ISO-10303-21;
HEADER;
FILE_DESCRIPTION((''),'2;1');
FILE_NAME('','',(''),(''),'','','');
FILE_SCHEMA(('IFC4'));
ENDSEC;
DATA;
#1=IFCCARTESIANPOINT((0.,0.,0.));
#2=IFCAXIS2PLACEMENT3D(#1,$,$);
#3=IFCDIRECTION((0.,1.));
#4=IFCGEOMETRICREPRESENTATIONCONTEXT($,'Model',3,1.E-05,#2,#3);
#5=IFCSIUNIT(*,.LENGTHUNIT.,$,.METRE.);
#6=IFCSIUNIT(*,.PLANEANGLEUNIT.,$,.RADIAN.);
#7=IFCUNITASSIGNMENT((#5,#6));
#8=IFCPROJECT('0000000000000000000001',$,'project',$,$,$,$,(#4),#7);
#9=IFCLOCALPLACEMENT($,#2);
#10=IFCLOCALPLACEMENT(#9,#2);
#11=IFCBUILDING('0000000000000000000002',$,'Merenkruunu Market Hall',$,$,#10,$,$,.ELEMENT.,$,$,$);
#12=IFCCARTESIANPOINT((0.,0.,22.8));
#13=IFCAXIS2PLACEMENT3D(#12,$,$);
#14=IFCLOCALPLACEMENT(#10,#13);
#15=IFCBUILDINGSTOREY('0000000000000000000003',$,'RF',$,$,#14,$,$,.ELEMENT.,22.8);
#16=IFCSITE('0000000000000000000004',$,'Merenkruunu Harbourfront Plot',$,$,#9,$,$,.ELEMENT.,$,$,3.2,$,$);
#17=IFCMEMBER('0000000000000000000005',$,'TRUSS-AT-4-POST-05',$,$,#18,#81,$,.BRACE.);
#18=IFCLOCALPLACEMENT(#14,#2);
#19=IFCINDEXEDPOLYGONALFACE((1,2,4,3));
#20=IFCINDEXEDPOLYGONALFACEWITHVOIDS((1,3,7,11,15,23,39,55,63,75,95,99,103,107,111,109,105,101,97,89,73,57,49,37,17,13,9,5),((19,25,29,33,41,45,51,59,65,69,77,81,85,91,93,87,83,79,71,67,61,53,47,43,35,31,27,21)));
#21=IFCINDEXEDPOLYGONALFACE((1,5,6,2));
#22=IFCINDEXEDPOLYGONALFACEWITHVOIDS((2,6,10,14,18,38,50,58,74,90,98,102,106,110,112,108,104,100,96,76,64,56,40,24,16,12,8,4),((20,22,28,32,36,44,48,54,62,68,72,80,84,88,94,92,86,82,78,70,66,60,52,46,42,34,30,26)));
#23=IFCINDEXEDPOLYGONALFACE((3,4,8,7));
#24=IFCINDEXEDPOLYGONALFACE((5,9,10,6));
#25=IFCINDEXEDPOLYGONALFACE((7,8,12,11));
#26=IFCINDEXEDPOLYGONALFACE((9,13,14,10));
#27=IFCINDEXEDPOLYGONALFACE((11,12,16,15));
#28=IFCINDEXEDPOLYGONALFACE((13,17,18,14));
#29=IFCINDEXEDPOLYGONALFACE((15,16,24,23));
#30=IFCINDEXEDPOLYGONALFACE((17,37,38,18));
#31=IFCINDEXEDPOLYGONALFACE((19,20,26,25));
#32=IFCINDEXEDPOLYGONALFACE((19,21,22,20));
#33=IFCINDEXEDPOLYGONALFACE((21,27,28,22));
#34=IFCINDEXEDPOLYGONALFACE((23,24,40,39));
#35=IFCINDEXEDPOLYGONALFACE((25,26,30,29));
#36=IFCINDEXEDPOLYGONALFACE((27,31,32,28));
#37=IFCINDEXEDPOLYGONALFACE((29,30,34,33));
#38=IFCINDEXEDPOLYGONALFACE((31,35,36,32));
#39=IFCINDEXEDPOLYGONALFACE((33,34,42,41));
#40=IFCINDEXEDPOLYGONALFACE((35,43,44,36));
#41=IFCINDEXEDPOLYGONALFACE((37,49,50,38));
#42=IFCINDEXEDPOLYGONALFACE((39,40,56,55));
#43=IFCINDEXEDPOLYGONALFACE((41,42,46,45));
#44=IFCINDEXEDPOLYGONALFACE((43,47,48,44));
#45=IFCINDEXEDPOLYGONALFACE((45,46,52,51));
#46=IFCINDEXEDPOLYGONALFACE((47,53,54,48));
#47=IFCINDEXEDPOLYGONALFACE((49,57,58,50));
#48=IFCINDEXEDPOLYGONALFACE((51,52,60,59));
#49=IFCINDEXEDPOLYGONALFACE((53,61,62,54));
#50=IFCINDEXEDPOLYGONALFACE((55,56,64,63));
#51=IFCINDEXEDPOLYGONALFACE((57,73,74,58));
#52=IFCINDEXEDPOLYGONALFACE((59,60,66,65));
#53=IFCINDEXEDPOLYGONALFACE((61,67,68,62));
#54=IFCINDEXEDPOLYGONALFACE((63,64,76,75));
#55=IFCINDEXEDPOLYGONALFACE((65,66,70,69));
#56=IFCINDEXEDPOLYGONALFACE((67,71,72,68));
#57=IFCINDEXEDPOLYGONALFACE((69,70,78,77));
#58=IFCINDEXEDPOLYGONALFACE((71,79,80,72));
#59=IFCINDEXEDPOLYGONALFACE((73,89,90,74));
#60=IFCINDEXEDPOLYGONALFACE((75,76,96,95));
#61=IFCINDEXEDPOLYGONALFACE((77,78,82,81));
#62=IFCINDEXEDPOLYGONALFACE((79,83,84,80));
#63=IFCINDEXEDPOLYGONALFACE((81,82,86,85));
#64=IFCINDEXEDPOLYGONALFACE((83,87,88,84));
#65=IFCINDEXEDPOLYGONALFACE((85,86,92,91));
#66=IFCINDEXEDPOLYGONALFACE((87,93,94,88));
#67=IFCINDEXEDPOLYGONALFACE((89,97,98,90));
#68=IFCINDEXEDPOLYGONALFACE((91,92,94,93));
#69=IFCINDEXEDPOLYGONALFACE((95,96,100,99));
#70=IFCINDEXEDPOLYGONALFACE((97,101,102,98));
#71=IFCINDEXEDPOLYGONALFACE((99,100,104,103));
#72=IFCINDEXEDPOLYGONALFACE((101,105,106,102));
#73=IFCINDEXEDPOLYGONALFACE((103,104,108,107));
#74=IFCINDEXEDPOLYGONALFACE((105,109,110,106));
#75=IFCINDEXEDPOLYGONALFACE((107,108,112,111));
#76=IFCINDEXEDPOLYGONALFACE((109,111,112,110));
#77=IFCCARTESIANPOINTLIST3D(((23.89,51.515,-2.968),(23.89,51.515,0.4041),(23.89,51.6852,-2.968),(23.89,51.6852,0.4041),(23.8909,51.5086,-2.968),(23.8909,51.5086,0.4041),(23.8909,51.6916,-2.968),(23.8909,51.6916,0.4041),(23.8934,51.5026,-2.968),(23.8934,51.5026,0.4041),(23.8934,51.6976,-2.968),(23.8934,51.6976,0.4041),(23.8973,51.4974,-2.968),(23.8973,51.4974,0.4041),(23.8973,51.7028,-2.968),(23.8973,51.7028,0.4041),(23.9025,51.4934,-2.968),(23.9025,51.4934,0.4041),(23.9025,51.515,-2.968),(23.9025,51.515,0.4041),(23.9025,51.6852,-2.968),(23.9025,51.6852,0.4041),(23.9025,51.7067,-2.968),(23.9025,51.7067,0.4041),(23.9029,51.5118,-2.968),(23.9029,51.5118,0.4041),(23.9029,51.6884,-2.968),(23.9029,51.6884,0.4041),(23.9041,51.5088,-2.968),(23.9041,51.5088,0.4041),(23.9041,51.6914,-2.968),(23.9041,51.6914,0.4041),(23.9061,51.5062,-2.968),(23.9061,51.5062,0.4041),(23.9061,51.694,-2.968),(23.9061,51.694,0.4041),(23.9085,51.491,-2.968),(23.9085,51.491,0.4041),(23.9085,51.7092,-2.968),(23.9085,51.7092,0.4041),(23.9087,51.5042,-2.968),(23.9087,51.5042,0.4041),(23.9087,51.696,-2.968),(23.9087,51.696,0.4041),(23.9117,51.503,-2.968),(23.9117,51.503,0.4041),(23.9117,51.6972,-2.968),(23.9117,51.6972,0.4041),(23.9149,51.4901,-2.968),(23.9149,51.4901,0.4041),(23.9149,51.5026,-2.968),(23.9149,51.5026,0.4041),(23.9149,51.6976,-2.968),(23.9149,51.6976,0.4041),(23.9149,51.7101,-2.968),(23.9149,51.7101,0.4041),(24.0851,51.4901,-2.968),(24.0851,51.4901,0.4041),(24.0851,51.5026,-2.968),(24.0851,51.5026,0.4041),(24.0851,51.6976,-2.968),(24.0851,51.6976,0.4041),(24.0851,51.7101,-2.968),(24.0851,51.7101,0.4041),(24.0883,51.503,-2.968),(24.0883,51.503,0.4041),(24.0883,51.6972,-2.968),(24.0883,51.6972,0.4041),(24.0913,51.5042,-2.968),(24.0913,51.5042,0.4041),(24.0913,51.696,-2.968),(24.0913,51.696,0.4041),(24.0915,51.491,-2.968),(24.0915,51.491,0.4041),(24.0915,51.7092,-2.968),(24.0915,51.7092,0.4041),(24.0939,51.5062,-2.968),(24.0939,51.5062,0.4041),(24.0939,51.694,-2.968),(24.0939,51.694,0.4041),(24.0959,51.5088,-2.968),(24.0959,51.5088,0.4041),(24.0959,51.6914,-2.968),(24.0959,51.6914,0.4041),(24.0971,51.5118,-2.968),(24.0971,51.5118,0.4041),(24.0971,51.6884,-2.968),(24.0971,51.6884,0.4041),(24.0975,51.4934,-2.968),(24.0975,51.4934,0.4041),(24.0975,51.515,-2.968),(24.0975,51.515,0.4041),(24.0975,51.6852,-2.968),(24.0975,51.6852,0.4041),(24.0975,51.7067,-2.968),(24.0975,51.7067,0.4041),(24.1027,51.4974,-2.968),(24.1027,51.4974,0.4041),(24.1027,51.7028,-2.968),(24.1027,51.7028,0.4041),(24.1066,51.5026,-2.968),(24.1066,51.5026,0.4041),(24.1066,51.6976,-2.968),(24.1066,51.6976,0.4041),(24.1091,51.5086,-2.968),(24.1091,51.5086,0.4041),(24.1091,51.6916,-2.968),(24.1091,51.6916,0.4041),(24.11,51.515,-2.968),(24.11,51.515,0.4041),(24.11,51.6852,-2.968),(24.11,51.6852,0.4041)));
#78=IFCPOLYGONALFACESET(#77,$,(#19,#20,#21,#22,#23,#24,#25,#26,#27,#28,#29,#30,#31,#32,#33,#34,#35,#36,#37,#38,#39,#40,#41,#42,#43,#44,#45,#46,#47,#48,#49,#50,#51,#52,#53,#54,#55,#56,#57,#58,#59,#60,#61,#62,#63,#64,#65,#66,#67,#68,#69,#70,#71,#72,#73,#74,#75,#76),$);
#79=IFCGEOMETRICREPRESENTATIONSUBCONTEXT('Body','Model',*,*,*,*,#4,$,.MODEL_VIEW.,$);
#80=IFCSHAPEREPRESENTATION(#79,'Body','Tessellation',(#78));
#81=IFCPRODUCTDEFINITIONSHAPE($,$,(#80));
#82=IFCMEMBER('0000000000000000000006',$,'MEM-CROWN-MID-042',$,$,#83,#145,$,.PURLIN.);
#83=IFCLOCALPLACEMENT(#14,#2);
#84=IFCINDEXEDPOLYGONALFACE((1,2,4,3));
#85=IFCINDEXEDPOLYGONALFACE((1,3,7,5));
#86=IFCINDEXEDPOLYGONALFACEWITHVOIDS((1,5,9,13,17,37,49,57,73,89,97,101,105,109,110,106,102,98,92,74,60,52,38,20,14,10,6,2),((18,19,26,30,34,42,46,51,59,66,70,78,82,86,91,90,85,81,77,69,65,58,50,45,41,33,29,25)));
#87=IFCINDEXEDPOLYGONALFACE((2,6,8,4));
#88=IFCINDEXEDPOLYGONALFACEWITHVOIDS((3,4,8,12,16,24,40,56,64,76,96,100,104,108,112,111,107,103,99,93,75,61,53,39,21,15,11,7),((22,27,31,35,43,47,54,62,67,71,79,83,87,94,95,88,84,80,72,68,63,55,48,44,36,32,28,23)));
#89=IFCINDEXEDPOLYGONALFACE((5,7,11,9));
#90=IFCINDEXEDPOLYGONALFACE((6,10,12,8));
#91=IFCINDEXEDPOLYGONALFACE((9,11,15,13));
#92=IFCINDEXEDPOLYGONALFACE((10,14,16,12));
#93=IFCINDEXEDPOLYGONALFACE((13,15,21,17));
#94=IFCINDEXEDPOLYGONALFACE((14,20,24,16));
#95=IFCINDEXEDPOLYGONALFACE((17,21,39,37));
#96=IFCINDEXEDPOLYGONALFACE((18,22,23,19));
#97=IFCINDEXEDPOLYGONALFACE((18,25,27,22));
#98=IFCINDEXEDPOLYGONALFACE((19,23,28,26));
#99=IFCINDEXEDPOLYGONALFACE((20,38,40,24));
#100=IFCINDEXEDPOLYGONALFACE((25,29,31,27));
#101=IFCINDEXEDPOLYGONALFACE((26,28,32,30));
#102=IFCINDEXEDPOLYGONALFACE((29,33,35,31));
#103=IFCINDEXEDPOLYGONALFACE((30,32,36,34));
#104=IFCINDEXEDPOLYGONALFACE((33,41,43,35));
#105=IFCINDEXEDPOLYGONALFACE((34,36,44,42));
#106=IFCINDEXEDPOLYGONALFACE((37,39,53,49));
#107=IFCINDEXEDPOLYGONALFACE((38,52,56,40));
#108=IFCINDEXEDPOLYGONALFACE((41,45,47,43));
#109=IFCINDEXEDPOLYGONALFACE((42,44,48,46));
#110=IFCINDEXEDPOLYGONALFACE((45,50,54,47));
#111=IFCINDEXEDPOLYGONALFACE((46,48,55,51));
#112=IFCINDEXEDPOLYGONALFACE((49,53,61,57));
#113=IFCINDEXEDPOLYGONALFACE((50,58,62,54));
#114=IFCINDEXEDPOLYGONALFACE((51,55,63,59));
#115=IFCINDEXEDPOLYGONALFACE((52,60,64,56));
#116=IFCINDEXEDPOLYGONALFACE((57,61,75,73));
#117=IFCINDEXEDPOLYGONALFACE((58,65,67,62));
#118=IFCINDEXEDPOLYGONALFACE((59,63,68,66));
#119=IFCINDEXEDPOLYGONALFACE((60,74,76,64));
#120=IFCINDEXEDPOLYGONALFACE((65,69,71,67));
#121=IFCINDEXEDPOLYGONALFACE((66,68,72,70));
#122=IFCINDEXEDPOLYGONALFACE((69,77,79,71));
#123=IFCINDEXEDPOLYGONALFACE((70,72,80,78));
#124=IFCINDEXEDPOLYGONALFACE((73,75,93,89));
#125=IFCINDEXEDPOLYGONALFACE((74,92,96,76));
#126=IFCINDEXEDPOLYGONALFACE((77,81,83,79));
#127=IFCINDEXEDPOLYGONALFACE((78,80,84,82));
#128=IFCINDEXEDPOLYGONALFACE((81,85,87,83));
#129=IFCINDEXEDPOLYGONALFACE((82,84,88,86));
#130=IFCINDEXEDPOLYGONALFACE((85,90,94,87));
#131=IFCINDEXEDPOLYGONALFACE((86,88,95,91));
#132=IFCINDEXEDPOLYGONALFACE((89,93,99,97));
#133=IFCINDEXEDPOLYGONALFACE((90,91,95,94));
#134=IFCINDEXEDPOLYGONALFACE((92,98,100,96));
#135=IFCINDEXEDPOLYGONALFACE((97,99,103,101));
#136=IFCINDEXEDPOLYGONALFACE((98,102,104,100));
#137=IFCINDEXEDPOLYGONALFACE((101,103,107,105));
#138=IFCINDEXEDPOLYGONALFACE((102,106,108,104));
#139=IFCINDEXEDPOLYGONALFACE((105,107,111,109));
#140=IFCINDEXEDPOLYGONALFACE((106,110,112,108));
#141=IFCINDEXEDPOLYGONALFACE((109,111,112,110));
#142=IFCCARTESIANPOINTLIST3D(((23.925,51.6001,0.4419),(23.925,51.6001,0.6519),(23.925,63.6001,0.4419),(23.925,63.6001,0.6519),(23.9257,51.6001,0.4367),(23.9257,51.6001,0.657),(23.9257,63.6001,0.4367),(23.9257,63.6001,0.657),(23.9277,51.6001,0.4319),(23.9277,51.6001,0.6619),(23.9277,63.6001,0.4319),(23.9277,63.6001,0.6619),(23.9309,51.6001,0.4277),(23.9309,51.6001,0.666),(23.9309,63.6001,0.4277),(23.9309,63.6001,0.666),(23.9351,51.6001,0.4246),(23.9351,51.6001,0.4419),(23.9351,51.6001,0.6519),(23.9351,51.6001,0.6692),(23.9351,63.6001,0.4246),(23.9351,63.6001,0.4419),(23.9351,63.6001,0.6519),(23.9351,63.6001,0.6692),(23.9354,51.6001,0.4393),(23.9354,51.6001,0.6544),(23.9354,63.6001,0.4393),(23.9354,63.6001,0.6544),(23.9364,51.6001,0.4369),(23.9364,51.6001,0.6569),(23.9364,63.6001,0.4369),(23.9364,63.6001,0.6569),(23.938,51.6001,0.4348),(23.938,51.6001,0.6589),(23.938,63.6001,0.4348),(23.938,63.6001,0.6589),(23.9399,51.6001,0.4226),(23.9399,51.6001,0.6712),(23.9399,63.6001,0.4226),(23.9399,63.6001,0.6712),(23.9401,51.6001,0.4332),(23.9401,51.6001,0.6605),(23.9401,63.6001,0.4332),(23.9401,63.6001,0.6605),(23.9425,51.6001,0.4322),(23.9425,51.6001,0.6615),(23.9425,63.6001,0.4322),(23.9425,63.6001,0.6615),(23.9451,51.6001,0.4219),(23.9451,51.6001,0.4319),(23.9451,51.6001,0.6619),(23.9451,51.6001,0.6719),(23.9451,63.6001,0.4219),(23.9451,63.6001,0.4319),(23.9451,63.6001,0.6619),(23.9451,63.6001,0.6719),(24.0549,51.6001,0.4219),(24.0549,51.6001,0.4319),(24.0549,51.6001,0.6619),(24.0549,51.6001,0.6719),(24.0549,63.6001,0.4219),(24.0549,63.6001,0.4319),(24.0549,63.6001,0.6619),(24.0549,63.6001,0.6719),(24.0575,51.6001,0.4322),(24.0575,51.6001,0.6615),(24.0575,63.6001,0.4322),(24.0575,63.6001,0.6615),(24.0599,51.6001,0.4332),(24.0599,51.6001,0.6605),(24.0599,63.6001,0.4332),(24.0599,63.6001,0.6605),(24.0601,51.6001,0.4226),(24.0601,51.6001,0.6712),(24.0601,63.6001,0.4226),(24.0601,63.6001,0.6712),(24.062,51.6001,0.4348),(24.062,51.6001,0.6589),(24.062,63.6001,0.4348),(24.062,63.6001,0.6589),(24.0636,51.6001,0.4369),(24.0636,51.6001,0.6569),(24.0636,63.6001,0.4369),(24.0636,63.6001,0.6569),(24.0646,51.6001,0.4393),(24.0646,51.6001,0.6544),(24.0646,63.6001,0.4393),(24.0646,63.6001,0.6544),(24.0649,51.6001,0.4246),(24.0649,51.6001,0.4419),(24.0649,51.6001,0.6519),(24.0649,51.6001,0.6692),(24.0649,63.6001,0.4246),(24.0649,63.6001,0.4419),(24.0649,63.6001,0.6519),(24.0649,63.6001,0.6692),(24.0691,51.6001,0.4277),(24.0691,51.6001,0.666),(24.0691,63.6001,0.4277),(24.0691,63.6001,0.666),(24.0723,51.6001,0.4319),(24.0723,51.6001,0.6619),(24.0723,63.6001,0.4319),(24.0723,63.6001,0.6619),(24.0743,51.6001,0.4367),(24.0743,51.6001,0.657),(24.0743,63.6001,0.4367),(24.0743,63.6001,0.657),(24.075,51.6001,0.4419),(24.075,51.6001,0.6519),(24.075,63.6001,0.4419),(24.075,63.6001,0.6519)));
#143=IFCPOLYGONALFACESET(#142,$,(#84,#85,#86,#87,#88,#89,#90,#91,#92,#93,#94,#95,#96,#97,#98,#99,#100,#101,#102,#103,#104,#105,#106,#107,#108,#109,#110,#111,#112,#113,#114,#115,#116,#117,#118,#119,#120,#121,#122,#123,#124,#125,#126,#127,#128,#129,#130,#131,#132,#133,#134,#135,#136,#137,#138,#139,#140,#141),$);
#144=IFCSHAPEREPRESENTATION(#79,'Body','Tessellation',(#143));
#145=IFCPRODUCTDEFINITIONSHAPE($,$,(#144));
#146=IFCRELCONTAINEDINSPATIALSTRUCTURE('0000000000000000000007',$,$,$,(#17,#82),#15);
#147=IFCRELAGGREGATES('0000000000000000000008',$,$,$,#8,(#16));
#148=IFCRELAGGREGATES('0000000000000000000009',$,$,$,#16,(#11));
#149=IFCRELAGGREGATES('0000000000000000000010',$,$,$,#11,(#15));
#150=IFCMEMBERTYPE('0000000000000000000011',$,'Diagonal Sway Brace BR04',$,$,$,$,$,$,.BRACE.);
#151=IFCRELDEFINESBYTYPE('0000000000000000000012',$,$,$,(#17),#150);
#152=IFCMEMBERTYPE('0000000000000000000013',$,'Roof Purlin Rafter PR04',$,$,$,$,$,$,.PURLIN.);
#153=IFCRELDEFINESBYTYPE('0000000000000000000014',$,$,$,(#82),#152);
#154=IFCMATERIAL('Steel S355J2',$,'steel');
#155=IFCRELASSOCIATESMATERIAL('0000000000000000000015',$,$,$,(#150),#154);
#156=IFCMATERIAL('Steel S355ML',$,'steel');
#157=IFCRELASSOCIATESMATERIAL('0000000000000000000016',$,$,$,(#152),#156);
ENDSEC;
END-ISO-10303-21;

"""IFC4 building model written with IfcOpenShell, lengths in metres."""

from ifc_helpers import new_model, si_unit, direction, frame, origin, origin_2d, place, context, subcontext, project, spatial, hollow_rectangle, extrude, material, material_profile, profile_set, type_object, element, save


model = new_model("IFC4")

# Units and contexts
model_context = context("Model", 3, precision=1e-05, world=origin(), true_north=direction((0.0, 1.0)))
body_context = subcontext(model_context, "Body", "Model", "MODEL_VIEW")
ifc_project = project(units=[si_unit("LENGTHUNIT", "METRE"), si_unit("PLANEANGLEUNIT", "RADIAN")], contexts=[model_context])

# Site, building, storey
site_placement = place(None, origin())
site = spatial("IfcSite", under=ifc_project, at=site_placement, Name="Merenkruunu Harbourfront Plot", CompositionType="ELEMENT", RefElevation=3.2)
building_placement = place(site_placement, origin())
building = spatial("IfcBuilding", under=site, at=building_placement, Name="Merenkruunu Market Hall", CompositionType="ELEMENT")
storey_placement = place(building_placement, frame((0.0, 0.0, 22.8)))
storey = spatial("IfcBuildingStorey", under=building, at=storey_placement, Name="RF", CompositionType="ELEMENT", Elevation=22.8)

# Members
ifc_material_1 = material(Name="Steel S355ML", Category="steel")
ifc_material_2 = material(Name="Steel S355J2", Category="steel")
ifc_material_profile_1 = material_profile(ifc_material_2, hollow_rectangle(XDim=0.22, YDim=0.22, WallThickness=0.0125, InnerFilletRadius=0.0125, OuterFilletRadius=0.0249, at=origin_2d()), Name="SHS 220x220x12.5")
ifc_profile_set_1 = profile_set([ifc_material_profile_1], Name="Steel S355J2")
member_type_1 = type_object("IfcMemberType", Name="Diagonal Sway Brace BR04", PredefinedType="BRACE", material=ifc_profile_set_1)
member_1_placement = place(storey_placement, frame((24.0, 51.6001, -2.968), z_axis=(0.0, 0.0, 1.0), x_axis=(1.0, 0.0, 0.0)))
element("IfcMember", 1, at=member_1_placement, inside=storey, type_object=member_type_1, Name="TRUSS-AT-4-POST-05", PredefinedType="BRACE", context=body_context, shape_type="SweptSolid", body=[
    extrude(hollow_rectangle(XDim=0.22, YDim=0.22, WallThickness=0.0125, InnerFilletRadius=0.0125, OuterFilletRadius=0.0249, at=origin_2d()), origin(), (0.0, 0.0, 1.0), 3.3721),
])
ifc_material_profile_2 = material_profile(ifc_material_1, hollow_rectangle(XDim=0.1499, YDim=0.25, WallThickness=0.01, InnerFilletRadius=0.01, OuterFilletRadius=0.02, at=origin_2d()), Name="RHS 250x150x10")
ifc_profile_set_2 = profile_set([ifc_material_profile_2], Name="Steel S355ML")
member_type_2 = type_object("IfcMemberType", Name="Roof Purlin Rafter PR04", PredefinedType="PURLIN", material=ifc_profile_set_2)
member_2_placement = place(storey_placement, frame((24.0, 51.6001, 0.5469), z_axis=(0.0, 1.0, 0.0), x_axis=(-1.0, 0.0, 0.0)))
element("IfcMember", 2, at=member_2_placement, inside=storey, type_object=member_type_2, Name="MEM-CROWN-MID-042", PredefinedType="PURLIN", context=body_context, shape_type="SweptSolid", body=[
    extrude(hollow_rectangle(XDim=0.1499, YDim=0.25, WallThickness=0.01, InnerFilletRadius=0.01, OuterFilletRadius=0.02, at=origin_2d()), origin(), (0.0, 0.0, 1.0), 12.0),
])

save(model, "model.ifc")
